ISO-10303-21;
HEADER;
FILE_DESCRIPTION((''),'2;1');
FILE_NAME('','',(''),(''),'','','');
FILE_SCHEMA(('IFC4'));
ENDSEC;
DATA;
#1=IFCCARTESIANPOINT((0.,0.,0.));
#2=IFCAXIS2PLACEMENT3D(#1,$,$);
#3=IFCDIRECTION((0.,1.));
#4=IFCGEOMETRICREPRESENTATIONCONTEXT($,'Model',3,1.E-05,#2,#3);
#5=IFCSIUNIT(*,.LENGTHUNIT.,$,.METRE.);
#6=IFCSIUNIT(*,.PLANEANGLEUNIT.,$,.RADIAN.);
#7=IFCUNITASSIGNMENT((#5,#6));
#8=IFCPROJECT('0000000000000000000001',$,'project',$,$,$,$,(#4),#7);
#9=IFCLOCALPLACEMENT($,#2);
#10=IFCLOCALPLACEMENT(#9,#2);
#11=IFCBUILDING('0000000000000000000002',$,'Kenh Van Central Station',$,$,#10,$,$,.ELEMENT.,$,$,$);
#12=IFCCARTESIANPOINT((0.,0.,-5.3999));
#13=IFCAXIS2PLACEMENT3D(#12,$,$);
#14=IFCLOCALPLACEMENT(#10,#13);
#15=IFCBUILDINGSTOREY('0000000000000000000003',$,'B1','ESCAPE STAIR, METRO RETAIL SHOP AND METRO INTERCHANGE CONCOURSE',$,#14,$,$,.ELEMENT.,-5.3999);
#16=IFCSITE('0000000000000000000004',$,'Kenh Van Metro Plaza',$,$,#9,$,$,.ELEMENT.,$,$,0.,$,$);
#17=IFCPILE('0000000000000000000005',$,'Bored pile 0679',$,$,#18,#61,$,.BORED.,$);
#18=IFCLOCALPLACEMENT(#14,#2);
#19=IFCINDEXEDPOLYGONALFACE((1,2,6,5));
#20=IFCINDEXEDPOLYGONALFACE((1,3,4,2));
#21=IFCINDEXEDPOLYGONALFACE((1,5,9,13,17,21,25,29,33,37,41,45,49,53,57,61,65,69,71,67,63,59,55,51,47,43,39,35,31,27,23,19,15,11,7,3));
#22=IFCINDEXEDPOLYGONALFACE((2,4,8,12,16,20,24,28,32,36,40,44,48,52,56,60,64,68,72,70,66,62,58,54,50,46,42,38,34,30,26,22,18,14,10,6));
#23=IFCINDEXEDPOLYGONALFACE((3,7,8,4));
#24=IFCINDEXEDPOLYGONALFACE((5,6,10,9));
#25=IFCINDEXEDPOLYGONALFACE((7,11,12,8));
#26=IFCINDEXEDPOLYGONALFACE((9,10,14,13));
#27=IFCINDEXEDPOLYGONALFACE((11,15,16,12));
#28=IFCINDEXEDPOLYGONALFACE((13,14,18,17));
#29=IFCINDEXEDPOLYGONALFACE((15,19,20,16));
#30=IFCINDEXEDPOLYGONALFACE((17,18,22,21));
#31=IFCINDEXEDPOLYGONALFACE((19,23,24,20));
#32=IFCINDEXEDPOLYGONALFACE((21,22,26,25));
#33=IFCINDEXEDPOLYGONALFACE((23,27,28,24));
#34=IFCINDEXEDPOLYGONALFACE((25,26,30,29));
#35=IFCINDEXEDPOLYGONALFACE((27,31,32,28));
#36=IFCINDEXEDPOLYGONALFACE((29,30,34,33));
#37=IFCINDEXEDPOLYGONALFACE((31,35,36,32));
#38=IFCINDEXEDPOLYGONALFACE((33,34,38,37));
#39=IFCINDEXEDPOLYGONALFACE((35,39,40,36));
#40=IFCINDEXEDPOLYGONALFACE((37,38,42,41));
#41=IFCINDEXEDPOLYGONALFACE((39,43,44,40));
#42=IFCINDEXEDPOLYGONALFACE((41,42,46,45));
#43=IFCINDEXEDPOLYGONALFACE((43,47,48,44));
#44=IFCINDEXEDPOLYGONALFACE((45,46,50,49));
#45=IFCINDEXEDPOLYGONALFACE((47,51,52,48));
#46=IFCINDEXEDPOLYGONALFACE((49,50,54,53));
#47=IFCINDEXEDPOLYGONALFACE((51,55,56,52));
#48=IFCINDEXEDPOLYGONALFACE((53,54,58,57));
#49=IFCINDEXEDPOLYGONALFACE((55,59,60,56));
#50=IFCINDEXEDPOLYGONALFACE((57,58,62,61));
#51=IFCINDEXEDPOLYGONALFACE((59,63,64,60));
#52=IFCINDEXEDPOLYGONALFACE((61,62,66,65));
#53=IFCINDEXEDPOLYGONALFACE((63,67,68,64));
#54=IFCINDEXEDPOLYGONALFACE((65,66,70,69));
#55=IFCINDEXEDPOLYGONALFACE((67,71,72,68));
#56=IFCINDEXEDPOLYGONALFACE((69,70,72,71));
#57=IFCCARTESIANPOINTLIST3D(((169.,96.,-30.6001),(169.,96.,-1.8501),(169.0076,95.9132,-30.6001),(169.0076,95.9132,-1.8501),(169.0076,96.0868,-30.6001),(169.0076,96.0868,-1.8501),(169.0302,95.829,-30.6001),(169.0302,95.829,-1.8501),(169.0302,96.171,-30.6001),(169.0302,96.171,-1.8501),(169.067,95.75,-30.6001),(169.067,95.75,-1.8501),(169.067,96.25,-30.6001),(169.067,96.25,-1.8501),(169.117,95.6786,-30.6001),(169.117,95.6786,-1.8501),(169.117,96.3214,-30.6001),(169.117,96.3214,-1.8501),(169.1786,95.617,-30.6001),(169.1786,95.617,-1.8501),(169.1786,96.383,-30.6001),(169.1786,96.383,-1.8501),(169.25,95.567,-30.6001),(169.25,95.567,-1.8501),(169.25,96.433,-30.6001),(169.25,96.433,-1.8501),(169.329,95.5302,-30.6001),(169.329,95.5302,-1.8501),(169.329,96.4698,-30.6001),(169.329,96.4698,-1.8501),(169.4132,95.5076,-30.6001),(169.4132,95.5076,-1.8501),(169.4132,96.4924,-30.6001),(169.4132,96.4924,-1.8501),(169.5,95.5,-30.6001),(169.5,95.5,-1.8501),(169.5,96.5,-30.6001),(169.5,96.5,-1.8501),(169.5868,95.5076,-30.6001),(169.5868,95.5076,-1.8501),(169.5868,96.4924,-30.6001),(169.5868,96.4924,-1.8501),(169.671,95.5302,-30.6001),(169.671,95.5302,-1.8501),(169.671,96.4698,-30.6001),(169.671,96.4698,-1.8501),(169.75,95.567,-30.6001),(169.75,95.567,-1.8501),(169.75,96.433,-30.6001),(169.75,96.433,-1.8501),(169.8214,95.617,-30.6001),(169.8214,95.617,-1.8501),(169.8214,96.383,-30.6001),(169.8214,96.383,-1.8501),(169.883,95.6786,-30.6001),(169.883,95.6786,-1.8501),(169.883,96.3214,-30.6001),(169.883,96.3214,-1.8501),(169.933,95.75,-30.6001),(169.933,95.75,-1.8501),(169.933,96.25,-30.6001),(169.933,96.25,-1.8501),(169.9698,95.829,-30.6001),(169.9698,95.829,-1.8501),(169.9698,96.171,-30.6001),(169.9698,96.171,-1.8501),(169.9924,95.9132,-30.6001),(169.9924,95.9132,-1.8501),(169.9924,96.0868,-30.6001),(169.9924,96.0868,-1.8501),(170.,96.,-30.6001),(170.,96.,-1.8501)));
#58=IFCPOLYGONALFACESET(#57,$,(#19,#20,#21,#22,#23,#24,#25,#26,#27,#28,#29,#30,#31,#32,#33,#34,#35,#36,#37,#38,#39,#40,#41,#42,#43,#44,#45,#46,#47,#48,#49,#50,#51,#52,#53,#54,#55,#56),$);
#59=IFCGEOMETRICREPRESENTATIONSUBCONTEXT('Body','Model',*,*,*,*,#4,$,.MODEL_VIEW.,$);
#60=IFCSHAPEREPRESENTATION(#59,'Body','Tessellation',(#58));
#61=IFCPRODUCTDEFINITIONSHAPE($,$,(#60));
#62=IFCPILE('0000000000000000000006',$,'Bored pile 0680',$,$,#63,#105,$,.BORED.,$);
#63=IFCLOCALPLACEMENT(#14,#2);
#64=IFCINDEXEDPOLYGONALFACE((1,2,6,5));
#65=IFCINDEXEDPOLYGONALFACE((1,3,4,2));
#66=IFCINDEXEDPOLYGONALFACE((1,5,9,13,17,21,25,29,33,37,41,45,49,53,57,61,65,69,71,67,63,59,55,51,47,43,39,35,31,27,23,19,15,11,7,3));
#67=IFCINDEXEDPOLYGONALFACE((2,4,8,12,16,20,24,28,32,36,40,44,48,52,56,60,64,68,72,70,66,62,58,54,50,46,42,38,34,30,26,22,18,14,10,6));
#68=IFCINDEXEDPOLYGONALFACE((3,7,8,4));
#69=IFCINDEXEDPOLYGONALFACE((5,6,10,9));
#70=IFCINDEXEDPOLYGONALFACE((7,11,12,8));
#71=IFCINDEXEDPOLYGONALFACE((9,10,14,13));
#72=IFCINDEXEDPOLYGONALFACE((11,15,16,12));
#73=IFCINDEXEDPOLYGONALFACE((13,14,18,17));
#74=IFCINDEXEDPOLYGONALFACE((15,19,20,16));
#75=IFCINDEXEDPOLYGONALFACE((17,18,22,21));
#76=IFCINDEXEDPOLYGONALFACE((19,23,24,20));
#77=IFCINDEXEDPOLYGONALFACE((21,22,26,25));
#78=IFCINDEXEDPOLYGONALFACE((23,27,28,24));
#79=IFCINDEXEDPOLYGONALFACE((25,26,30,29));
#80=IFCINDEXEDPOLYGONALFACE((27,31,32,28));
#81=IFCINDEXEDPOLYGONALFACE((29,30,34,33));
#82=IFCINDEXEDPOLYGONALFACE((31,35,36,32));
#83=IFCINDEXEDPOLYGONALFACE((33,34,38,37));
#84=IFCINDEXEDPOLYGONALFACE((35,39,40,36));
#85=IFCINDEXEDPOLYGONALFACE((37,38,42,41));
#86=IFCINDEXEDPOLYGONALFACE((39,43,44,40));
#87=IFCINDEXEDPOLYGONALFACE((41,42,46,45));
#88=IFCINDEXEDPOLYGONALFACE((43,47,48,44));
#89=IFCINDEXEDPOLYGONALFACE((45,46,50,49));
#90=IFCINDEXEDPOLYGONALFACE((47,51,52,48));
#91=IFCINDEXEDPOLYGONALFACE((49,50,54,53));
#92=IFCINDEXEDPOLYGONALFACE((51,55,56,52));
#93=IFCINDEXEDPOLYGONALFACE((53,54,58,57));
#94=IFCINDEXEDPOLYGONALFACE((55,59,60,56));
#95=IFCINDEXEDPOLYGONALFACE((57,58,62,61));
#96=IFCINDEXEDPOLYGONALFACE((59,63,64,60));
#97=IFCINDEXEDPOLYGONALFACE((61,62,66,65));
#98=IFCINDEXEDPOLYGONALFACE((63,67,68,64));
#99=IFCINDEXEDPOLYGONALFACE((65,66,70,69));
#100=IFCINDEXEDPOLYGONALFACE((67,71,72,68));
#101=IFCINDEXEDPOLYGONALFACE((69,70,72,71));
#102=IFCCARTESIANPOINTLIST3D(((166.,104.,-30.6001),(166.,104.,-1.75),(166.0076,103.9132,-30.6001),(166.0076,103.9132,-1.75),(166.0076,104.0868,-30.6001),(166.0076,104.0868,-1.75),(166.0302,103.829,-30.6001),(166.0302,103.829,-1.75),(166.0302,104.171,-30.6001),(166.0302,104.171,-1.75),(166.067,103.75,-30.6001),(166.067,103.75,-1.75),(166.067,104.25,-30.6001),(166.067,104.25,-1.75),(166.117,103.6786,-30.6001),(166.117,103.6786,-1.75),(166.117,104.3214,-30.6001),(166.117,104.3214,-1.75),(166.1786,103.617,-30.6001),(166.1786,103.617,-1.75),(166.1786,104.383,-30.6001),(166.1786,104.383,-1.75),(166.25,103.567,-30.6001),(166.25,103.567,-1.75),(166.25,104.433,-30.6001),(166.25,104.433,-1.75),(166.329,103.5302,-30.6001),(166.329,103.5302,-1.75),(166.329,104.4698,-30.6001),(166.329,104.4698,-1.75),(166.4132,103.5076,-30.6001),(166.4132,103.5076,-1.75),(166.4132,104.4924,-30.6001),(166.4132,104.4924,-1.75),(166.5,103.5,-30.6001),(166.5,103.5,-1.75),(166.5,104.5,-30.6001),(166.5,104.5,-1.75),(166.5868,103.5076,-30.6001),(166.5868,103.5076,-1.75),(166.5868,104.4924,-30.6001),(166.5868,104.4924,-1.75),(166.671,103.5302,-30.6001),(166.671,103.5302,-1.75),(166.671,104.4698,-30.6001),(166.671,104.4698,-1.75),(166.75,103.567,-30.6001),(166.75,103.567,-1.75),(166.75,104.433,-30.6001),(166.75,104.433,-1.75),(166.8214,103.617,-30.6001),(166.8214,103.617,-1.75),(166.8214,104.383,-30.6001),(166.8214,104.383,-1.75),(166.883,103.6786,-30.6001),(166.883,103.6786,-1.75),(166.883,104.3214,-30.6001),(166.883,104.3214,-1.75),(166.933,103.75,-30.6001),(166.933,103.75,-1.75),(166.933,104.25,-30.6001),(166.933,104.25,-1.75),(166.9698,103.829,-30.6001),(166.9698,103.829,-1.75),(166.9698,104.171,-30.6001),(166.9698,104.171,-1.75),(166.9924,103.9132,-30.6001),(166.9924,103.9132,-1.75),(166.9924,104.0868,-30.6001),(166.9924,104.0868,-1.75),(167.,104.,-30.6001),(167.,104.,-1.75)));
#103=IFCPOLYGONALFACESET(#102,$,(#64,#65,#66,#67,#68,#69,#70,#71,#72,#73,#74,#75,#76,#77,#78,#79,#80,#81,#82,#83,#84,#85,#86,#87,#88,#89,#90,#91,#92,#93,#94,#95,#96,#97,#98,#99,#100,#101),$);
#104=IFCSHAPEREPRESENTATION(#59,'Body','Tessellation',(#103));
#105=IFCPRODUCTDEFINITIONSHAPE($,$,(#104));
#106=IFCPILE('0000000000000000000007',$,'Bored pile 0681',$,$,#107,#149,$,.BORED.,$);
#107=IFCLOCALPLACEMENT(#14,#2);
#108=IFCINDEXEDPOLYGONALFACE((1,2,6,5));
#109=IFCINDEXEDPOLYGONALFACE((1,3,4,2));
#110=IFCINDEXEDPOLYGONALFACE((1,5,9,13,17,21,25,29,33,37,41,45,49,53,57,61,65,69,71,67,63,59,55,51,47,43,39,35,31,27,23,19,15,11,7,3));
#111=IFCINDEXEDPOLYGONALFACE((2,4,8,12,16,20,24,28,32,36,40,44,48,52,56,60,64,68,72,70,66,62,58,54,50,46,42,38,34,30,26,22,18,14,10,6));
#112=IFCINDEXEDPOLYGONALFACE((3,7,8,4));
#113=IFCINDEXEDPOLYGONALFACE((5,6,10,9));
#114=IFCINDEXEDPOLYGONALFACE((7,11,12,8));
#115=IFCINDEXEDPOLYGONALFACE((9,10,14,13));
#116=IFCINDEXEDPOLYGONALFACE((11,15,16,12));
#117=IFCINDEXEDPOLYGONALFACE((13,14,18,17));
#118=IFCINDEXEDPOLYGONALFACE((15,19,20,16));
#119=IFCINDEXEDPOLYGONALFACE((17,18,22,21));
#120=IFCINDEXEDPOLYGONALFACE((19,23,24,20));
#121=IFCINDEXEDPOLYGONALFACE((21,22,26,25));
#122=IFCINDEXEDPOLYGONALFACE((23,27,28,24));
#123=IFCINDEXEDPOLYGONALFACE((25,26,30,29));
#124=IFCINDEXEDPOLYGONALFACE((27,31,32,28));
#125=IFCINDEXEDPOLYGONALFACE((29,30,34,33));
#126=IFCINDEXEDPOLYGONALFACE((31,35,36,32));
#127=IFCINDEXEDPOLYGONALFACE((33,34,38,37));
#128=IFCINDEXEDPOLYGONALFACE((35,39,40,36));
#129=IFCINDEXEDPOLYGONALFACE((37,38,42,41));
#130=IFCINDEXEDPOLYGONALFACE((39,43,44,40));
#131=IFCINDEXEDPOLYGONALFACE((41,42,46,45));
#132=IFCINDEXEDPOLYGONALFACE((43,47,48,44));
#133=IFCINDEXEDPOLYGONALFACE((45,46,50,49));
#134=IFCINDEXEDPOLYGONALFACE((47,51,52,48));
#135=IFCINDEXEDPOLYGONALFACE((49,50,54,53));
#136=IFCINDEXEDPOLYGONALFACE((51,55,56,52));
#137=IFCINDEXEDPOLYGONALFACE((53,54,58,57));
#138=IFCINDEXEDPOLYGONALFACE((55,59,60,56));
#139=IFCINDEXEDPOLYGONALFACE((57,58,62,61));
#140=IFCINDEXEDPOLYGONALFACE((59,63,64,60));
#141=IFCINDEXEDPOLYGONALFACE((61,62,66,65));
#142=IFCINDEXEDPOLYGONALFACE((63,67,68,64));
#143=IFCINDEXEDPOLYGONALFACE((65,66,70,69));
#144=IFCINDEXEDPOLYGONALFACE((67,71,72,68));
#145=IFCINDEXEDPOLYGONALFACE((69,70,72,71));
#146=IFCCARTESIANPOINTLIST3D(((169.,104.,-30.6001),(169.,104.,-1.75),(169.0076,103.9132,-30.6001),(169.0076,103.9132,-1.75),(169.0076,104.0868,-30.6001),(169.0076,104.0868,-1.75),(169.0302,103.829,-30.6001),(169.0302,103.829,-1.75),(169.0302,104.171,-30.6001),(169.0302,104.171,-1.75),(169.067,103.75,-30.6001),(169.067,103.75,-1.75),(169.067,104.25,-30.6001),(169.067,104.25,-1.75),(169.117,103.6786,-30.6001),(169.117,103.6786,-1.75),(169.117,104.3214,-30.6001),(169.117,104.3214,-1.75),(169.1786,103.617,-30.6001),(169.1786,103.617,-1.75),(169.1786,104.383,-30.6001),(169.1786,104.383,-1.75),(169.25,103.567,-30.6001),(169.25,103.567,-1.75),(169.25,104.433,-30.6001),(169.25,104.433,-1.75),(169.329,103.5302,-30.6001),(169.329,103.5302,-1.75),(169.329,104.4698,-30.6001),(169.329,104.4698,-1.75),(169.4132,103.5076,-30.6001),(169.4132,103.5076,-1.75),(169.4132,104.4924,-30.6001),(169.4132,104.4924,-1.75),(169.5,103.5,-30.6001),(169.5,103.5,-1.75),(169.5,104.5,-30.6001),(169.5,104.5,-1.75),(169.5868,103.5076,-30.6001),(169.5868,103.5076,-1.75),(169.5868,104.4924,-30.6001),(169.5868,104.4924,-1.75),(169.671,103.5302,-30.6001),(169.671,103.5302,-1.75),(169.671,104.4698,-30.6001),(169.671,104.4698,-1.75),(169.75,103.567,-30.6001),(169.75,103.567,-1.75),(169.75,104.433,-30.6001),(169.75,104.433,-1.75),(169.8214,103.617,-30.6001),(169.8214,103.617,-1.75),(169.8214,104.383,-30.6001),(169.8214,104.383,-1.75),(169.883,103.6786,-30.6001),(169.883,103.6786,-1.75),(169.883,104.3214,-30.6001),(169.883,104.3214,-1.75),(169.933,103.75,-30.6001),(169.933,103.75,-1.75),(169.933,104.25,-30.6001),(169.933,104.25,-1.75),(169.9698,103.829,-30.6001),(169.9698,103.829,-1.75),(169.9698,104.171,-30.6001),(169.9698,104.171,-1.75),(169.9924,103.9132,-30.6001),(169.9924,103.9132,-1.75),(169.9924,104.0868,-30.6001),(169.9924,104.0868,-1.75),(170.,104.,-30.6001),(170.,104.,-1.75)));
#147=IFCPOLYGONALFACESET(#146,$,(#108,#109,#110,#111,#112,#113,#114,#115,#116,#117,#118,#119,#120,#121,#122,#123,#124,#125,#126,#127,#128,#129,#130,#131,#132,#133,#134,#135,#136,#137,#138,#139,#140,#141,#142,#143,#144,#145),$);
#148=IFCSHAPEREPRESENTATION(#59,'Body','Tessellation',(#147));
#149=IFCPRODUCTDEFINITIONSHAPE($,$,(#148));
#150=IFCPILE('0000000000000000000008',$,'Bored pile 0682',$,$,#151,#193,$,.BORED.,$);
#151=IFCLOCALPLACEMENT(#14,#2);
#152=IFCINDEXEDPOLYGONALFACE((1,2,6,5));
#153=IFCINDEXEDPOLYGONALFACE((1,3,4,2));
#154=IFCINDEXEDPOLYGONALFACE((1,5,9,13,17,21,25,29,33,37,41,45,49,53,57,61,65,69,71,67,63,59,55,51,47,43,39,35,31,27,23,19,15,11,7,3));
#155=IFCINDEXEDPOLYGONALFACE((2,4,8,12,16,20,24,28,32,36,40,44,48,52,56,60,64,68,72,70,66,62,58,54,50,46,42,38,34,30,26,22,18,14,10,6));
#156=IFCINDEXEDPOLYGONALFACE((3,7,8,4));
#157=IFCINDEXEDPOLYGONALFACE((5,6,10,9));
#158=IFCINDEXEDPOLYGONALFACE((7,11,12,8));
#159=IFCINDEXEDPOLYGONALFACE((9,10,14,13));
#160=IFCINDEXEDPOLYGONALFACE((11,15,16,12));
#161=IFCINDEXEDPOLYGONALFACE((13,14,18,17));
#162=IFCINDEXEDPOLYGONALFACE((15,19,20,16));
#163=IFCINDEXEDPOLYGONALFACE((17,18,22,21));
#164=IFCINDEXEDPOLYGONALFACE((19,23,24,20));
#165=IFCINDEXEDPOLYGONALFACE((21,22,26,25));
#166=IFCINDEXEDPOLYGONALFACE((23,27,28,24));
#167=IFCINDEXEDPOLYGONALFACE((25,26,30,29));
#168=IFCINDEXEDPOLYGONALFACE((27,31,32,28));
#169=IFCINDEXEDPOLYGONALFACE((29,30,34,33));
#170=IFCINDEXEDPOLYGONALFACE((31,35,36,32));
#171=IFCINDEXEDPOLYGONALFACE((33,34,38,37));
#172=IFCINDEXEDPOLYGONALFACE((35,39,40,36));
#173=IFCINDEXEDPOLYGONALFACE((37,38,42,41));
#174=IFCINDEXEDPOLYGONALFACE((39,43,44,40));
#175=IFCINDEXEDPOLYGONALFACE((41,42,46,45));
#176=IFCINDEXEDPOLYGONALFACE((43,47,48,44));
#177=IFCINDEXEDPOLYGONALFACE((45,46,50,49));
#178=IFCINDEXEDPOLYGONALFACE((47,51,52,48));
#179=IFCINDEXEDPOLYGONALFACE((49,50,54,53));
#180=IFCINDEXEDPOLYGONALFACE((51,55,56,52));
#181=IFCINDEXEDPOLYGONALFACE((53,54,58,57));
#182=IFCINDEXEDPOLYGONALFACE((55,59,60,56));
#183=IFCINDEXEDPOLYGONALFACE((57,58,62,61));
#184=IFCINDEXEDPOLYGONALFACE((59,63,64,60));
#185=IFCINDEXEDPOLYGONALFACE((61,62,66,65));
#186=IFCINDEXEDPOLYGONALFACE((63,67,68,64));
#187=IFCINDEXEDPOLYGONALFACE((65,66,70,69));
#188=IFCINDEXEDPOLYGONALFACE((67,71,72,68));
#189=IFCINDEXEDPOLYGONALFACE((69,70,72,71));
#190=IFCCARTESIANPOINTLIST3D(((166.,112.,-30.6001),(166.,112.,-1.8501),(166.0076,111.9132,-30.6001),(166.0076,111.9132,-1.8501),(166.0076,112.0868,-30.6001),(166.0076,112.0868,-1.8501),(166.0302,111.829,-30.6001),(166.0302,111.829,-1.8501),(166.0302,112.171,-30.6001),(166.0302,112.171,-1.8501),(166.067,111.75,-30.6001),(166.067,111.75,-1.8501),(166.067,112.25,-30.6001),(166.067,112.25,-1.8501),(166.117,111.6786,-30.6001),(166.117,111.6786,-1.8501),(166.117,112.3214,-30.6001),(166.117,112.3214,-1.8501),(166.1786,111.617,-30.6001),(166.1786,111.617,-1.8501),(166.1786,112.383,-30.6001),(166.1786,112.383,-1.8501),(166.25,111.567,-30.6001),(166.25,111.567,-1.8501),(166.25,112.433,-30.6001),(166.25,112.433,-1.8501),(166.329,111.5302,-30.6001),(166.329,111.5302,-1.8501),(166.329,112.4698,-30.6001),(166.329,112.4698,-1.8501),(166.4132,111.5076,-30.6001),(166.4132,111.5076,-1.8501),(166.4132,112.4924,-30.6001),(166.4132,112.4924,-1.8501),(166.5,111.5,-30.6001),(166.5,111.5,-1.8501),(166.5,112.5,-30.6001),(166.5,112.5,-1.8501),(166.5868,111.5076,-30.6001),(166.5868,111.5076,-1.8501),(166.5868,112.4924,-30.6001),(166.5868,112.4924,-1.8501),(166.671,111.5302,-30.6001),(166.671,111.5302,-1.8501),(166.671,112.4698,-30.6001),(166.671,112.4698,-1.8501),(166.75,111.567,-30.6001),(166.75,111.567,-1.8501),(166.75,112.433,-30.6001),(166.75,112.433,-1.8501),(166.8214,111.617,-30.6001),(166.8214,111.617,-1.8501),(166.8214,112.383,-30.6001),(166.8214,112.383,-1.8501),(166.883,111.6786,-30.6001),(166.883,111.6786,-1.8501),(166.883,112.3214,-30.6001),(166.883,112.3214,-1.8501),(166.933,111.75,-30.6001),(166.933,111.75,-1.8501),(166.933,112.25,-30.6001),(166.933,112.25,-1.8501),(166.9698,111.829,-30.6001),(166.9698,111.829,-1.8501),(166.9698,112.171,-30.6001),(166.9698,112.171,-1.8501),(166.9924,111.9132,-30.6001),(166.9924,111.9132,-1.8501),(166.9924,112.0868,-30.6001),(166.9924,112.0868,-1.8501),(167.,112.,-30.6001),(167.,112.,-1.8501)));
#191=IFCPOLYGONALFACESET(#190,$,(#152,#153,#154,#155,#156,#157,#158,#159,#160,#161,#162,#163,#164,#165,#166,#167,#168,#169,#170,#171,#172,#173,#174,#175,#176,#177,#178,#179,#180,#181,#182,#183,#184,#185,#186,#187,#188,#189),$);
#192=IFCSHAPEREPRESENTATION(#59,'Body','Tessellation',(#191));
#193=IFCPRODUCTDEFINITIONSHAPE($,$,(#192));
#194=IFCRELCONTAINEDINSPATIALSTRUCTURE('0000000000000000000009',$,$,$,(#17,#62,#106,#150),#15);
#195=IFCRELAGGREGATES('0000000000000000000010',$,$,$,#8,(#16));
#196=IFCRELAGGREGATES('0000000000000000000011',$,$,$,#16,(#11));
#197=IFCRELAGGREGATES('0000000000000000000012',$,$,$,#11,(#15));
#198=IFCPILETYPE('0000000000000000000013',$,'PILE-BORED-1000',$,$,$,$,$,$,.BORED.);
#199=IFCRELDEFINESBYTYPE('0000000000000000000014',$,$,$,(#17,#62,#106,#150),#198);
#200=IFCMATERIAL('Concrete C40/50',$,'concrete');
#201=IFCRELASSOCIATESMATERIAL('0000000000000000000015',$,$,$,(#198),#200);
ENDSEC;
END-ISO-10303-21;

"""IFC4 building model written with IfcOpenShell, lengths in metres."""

from ifc_helpers import new_model, si_unit, direction, frame, origin, origin_2d, place, context, subcontext, project, spatial, circle, extrude, material, material_profile, profile_set, type_object, element, save


model = new_model("IFC4")

# Units and contexts
model_context = context("Model", 3, precision=1e-05, world=origin(), true_north=direction((0.0, 1.0)))
body_context = subcontext(model_context, "Body", "Model", "MODEL_VIEW")
ifc_project = project(units=[si_unit("LENGTHUNIT", "METRE"), si_unit("PLANEANGLEUNIT", "RADIAN")], contexts=[model_context])

# Site, building, storey
site_placement = place(None, origin())
site = spatial("IfcSite", under=ifc_project, at=site_placement, Name="Kenh Van Metro Plaza", CompositionType="ELEMENT", RefElevation=0.0)
building_placement = place(site_placement, origin())
building = spatial("IfcBuilding", under=site, at=building_placement, Name="Kenh Van Central Station", CompositionType="ELEMENT")
storey_placement = place(building_placement, frame((0.0, 0.0, -5.3999)))
storey = spatial("IfcBuildingStorey", under=building, at=storey_placement, Name="B1", Description="ESCAPE STAIR, METRO RETAIL SHOP AND METRO INTERCHANGE CONCOURSE", CompositionType="ELEMENT", Elevation=-5.3999)

# Shared definitions
ifc_material_1 = material(Name="Concrete C40/50", Category="concrete")

# Piles
ifc_material_profile_1 = material_profile(ifc_material_1, circle(Radius=0.5, at=origin_2d()), Name="PILE D1000")
ifc_profile_set_1 = profile_set([ifc_material_profile_1], Name="Concrete C40/50")
pile_type = type_object("IfcPileType", Name="PILE-BORED-1000", PredefinedType="BORED", material=ifc_profile_set_1)
for number, where, z_axis, x_axis, name in (
    (1, (169.5, 96.0, -1.8501), (0.0, 0.0, -1.0), (1.0, 0.0, 0.0), "Bored pile 0679"),
):
    element("IfcPile", number, at=place(storey_placement, frame(where, z_axis=z_axis, x_axis=x_axis)), inside=storey, type_object=pile_type, Name=name, PredefinedType="BORED", context=body_context, shape_type="SweptSolid", body=[
        extrude(circle(Radius=0.5, at=origin_2d()), origin(), (0.0, 0.0, 1.0), 28.75),
    ])
for number, where, z_axis, x_axis, name in (
    (2, (166.5, 104.0, -1.75), (0.0, 0.0, -1.0), (1.0, 0.0, 0.0), "Bored pile 0680"),
    (3, (169.5, 104.0, -1.75), (0.0, 0.0, -1.0), (1.0, 0.0, 0.0), "Bored pile 0681"),
):
    element("IfcPile", number, at=place(storey_placement, frame(where, z_axis=z_axis, x_axis=x_axis)), inside=storey, type_object=pile_type, Name=name, PredefinedType="BORED", context=body_context, shape_type="SweptSolid", body=[
        extrude(circle(Radius=0.5, at=origin_2d()), origin(), (0.0, 0.0, 1.0), 28.8501),
    ])
for number, where, z_axis, x_axis, name in (
    (4, (166.5, 112.0, -1.8501), (0.0, 0.0, -1.0), (1.0, 0.0, 0.0), "Bored pile 0682"),
):
    element("IfcPile", number, at=place(storey_placement, frame(where, z_axis=z_axis, x_axis=x_axis)), inside=storey, type_object=pile_type, Name=name, PredefinedType="BORED", context=body_context, shape_type="SweptSolid", body=[
        extrude(circle(Radius=0.5, at=origin_2d()), origin(), (0.0, 0.0, 1.0), 28.75),
    ])

save(model, "model.ifc")
